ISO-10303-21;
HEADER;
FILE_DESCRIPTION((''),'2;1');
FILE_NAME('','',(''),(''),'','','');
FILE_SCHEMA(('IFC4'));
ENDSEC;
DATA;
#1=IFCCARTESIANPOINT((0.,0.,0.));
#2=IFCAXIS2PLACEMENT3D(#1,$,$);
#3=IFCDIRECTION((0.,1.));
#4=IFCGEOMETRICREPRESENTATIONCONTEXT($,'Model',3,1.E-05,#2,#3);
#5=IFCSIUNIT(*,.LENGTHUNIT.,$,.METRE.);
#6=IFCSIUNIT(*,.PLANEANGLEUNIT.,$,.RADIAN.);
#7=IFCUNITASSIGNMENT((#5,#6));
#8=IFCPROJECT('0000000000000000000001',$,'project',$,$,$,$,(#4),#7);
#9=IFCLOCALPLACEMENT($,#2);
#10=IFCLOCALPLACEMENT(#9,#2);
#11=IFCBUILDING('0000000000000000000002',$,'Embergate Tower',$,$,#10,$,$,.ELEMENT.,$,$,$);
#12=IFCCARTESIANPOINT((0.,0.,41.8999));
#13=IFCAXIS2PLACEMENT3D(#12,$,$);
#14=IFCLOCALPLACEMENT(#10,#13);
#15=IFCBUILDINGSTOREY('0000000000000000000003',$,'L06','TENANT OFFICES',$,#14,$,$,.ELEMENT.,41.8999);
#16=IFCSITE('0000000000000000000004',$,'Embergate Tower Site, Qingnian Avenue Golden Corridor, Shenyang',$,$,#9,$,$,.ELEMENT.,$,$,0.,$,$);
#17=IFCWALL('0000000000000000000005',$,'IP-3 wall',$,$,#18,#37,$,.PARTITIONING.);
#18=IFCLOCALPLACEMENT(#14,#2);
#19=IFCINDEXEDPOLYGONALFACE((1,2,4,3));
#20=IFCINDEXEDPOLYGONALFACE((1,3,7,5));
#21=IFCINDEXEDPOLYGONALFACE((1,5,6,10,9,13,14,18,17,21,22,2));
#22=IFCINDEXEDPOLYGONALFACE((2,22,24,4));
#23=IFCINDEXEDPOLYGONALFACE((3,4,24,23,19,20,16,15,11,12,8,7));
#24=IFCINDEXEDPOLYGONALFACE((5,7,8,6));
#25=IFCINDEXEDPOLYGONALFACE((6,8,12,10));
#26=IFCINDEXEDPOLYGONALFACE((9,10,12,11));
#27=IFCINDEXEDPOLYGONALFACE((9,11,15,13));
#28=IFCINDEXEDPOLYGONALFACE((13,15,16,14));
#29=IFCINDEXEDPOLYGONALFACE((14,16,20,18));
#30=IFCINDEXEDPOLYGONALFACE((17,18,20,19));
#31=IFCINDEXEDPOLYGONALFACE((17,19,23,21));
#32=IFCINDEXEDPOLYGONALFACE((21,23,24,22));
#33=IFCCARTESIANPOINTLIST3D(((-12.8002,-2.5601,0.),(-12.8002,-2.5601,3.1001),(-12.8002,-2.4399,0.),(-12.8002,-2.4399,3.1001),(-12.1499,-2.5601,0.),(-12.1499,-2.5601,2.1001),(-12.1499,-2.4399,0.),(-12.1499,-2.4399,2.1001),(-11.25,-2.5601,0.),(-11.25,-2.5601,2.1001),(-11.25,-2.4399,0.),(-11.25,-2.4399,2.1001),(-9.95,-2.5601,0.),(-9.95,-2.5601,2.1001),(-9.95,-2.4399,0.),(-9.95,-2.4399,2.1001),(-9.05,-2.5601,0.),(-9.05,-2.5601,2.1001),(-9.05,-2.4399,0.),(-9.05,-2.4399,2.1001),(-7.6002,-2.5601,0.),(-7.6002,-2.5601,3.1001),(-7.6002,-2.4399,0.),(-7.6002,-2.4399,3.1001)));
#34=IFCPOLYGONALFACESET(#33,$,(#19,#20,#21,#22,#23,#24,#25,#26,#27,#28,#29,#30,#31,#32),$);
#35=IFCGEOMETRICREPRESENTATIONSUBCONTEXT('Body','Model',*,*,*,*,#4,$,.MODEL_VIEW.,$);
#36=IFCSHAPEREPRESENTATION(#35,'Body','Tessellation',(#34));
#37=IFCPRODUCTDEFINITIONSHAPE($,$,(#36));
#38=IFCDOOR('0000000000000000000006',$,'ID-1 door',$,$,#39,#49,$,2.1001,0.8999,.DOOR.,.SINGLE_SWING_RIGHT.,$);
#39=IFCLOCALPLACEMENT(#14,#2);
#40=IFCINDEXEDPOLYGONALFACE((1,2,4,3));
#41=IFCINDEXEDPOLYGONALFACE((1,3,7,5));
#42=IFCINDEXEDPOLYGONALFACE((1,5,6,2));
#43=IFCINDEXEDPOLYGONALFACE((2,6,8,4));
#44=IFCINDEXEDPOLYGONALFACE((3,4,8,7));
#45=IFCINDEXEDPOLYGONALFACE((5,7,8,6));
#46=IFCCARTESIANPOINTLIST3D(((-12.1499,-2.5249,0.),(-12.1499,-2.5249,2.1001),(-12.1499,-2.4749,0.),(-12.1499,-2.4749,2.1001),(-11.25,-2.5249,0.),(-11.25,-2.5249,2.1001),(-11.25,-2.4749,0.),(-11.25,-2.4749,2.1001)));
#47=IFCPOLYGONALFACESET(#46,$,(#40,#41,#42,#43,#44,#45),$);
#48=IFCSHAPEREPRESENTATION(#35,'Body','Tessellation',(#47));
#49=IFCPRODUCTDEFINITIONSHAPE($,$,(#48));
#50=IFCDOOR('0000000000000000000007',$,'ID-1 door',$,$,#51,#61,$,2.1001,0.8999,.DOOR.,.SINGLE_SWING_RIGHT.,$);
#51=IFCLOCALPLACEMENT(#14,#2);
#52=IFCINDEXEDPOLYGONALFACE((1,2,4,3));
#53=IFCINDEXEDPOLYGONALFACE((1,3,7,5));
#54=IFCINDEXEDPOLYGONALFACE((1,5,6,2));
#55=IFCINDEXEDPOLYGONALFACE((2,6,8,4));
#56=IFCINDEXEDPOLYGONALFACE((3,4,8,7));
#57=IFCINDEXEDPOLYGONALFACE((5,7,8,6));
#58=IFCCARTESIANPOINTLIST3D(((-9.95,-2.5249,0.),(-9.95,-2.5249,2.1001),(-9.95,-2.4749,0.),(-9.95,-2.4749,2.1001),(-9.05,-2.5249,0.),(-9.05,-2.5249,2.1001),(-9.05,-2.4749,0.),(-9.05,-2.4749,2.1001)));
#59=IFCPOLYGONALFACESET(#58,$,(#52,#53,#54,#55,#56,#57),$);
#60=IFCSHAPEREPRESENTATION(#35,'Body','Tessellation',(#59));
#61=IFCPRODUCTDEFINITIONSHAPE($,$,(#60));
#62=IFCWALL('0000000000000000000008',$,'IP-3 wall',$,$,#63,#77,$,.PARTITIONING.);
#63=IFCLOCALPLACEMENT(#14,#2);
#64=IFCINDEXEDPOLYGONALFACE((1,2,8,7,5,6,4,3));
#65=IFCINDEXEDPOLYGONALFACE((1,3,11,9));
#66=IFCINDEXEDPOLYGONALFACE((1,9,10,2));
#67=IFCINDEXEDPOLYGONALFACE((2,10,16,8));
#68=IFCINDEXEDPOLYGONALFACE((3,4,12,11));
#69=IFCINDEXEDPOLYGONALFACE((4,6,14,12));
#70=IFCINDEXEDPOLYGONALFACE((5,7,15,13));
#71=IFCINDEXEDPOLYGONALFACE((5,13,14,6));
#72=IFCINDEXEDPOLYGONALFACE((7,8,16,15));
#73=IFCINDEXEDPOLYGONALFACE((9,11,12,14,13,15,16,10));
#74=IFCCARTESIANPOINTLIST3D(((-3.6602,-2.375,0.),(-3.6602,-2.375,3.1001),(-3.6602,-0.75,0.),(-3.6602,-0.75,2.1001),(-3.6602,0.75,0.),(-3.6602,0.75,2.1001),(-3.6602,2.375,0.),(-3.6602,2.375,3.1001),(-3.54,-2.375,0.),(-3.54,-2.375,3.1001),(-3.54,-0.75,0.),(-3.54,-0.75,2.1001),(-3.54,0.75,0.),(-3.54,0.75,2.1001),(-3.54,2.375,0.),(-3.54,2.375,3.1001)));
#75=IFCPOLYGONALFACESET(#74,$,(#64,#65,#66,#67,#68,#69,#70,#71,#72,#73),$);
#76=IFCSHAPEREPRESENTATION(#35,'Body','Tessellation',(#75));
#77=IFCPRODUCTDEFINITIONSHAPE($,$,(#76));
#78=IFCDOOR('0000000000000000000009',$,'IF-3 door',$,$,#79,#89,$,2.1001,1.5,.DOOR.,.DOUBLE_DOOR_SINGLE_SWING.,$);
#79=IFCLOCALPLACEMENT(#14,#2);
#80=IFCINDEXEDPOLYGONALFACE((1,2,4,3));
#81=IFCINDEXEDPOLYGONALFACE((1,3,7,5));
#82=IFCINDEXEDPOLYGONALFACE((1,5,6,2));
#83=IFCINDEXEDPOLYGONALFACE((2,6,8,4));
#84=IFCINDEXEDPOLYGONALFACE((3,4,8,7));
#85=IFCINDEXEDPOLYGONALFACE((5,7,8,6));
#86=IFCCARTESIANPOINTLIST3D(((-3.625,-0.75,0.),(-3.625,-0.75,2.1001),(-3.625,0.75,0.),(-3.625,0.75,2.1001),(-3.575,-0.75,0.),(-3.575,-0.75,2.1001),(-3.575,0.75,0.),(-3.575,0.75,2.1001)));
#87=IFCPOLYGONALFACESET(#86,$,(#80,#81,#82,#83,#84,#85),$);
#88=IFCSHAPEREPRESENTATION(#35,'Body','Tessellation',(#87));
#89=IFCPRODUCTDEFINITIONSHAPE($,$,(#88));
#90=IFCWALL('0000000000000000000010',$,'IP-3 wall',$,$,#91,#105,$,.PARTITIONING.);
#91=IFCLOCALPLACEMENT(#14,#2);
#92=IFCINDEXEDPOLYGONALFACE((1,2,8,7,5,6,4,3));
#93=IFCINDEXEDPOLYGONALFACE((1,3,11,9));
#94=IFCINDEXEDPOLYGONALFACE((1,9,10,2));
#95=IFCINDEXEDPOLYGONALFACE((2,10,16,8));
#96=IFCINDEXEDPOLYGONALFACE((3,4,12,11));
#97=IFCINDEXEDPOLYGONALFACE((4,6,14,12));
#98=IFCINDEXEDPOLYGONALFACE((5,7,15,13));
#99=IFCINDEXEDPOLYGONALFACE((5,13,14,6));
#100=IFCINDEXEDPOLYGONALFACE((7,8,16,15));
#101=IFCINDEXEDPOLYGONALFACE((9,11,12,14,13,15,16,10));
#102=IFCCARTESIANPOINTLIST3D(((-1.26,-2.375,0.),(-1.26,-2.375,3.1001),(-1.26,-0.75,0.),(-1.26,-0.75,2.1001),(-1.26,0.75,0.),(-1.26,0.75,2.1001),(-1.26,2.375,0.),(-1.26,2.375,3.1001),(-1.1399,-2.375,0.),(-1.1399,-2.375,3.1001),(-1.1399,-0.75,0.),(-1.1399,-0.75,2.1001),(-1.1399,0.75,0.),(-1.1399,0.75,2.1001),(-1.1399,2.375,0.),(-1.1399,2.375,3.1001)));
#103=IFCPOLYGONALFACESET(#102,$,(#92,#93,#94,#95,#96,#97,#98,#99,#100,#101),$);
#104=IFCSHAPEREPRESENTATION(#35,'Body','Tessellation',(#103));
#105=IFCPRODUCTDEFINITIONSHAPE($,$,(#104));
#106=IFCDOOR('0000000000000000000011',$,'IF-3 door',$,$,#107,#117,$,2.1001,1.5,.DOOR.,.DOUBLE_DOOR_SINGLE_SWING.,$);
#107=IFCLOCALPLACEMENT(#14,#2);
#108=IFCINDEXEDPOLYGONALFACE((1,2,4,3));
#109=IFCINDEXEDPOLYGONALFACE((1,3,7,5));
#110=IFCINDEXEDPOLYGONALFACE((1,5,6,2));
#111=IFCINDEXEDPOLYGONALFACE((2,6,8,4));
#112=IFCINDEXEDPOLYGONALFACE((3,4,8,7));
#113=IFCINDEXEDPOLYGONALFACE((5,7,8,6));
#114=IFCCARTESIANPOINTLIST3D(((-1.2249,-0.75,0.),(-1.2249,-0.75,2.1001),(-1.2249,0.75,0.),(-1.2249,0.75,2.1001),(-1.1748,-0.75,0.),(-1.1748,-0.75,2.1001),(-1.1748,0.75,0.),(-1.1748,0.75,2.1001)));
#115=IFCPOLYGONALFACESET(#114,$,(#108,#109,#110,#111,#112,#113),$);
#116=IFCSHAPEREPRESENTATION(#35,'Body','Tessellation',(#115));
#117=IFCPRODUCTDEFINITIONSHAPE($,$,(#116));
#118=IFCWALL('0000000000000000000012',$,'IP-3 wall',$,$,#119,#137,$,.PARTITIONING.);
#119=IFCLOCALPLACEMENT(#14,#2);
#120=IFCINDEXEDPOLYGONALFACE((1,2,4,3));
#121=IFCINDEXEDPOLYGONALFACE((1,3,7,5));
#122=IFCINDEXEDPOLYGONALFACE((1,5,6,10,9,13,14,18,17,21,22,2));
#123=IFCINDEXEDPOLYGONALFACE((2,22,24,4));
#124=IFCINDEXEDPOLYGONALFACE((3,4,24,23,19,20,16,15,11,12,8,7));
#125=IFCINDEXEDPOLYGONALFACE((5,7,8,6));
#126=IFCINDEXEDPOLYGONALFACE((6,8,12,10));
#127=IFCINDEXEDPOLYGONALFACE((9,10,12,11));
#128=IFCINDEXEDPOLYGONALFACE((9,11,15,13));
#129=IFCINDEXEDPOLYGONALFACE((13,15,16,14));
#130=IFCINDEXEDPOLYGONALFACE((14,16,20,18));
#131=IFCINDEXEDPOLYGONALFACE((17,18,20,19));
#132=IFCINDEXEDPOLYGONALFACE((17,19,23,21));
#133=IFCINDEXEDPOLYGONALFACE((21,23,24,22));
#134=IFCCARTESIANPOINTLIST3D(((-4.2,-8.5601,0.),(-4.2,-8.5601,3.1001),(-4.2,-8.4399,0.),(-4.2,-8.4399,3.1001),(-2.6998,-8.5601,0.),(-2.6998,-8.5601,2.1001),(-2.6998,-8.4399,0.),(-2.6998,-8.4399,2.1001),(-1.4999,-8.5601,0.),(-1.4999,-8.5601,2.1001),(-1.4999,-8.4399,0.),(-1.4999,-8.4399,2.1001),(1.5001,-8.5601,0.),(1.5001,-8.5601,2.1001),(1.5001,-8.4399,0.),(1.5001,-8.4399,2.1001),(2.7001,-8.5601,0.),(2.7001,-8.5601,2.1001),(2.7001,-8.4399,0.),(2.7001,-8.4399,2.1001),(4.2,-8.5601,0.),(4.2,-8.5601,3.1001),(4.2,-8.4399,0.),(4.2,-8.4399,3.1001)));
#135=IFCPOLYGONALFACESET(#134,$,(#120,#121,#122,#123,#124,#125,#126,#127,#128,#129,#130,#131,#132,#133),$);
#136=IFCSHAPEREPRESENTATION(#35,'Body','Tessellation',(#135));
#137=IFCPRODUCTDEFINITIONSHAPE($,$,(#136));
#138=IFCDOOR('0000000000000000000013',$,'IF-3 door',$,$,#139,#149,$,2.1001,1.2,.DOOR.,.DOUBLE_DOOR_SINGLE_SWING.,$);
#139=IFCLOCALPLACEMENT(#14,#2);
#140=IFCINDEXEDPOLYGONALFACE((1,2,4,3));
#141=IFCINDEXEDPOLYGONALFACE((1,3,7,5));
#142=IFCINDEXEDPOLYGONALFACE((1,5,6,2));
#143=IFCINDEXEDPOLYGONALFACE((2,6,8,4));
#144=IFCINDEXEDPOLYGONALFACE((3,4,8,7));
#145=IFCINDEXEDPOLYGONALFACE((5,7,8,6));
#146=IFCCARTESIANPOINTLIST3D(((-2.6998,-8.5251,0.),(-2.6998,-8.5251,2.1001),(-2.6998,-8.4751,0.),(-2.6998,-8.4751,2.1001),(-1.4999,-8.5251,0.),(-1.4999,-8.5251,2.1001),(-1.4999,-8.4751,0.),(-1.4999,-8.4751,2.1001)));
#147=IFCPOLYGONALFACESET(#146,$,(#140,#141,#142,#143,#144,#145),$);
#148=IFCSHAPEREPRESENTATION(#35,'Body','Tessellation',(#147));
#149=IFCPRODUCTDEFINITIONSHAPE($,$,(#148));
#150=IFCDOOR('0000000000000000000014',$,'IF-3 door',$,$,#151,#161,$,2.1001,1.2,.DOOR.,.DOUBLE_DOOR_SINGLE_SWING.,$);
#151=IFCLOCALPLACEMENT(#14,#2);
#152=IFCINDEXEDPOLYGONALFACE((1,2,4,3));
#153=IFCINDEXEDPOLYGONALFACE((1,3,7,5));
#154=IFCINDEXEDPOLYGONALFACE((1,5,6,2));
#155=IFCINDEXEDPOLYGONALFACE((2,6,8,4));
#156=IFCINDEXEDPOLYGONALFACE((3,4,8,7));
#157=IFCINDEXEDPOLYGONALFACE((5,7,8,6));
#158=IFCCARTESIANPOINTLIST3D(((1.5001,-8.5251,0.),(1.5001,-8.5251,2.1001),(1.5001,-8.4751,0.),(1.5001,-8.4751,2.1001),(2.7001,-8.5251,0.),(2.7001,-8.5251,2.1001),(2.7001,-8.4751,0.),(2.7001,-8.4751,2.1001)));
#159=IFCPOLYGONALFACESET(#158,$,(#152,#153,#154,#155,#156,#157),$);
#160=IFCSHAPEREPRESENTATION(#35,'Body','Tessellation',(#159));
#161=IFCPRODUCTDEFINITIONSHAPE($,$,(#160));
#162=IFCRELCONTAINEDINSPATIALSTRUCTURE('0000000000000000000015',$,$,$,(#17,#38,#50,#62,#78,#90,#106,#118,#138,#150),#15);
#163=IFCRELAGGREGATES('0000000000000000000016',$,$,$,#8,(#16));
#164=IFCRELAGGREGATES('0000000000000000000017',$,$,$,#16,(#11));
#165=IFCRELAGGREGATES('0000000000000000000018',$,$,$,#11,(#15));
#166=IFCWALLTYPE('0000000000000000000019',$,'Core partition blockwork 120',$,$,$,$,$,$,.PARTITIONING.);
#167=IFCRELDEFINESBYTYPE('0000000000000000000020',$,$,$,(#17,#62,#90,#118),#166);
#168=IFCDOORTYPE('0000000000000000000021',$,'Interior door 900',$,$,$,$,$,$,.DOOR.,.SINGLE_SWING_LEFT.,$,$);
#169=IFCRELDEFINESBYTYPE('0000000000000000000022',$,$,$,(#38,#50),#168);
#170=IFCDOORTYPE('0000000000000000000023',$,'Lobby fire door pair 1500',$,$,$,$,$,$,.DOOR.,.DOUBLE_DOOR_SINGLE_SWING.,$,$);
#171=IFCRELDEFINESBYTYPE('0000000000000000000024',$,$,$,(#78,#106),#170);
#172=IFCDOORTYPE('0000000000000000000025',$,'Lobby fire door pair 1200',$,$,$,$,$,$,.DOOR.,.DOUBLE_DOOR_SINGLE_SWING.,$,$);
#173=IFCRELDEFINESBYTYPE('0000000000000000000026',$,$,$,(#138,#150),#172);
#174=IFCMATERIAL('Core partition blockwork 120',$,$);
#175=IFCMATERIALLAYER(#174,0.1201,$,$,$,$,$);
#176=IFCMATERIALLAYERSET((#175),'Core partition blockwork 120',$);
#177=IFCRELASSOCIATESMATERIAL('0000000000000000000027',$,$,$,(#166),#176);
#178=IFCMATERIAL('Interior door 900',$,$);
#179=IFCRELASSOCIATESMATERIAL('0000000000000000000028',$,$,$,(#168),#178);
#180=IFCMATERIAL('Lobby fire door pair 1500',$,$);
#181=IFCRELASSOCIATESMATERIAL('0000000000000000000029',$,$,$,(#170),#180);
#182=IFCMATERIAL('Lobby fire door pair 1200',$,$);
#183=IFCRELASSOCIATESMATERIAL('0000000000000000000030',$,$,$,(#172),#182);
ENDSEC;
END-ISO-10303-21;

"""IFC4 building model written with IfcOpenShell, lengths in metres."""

from ifc_helpers import new_model, si_unit, direction, frame, frame_2d, origin, place, context, subcontext, project, spatial, rectangle, extrude, source, transform, mapped, material, layer, layer_set, type_object, element, fill, save


model = new_model("IFC4")

# Units and contexts
model_context = context("Model", 3, precision=1e-05, world=origin(), true_north=direction((0.0, 1.0)))
body_context = subcontext(model_context, "Body", "Model", "MODEL_VIEW")
ifc_project = project(units=[si_unit("LENGTHUNIT", "METRE"), si_unit("PLANEANGLEUNIT", "RADIAN")], contexts=[model_context])

# Site, building, storey
site_placement = place(None, origin())
site = spatial("IfcSite", under=ifc_project, at=site_placement, Name="Embergate Tower Site, Qingnian Avenue Golden Corridor, Shenyang", CompositionType="ELEMENT", RefElevation=0.0)
building_placement = place(site_placement, origin())
building = spatial("IfcBuilding", under=site, at=building_placement, Name="Embergate Tower", CompositionType="ELEMENT")
storey_placement = place(building_placement, frame((0.0, 0.0, 41.8999)))
storey = spatial("IfcBuildingStorey", under=building, at=storey_placement, Name="L06", Description="TENANT OFFICES", CompositionType="ELEMENT", Elevation=41.8999)

# Wall, openings, doors
ifc_material_1 = material(Name="Core partition blockwork 120")
ifc_layer_1 = layer(ifc_material_1, 0.1201)
ifc_layer_set_1 = layer_set([ifc_layer_1], Name="Core partition blockwork 120")
wall_type_1 = type_object("IfcWallType", Name="Core partition blockwork 120", PredefinedType="PARTITIONING", material=ifc_layer_set_1)
shared_shape_1 = source(origin(), body_context, "Body", "SweptSolid", [
    extrude(rectangle(XDim=5.2, YDim=0.1201, at=frame_2d((2.6001, 0.0))), origin(), (0.0, 0.0, 1.0), 3.1001),
])
wall_1_placement = place(storey_placement, frame((-7.6001, -2.5, 0.0), z_axis=(0.0, 0.0, 1.0), x_axis=(-1.0, 0.0, 0.0)))
wall_1 = element("IfcWall", 1, at=wall_1_placement, inside=storey, type_object=wall_type_1, Name="IP-3 wall", PredefinedType="PARTITIONING", context=body_context, shape_type="MappedRepresentation", body=[
    mapped(shared_shape_1, transform((0.0, 0.0, 0.0))),
])
shared_shape_2 = source(origin(), body_context, "Body", "SweptSolid", [
    extrude(rectangle(XDim=0.8999, YDim=2.1001, at=frame_2d((0.45, 1.05))), frame((0.0, 0.0701, 0.0), z_axis=(0.0, -1.0, 0.0), x_axis=(1.0, 0.0, 0.0)), (0.0, 0.0, 1.0), 0.1401),
])
opening_1_placement = place(wall_1_placement, frame((3.6499, 0.0, 0.0)))
opening_1 = element("IfcOpeningElement", 2, at=opening_1_placement, cuts=wall_1, PredefinedType="OPENING", context=body_context, shape_type="MappedRepresentation", body=[
    mapped(shared_shape_2, transform((0.0, 0.0, 0.0))),
])
opening_2_placement = place(wall_1_placement, frame((1.45, 0.0, 0.0)))
opening_2 = element("IfcOpeningElement", 3, at=opening_2_placement, cuts=wall_1, PredefinedType="OPENING", context=body_context, shape_type="MappedRepresentation", body=[
    mapped(shared_shape_2, transform((0.0, 0.0, 0.0))),
])
ifc_material_2 = material(Name="Interior door 900")
door_type_1 = type_object("IfcDoorType", Name="Interior door 900", OperationType="SINGLE_SWING_LEFT", PredefinedType="DOOR", material=ifc_material_2)
shared_shape_3 = source(origin(), body_context, "Body", "SweptSolid", [
    extrude(rectangle(XDim=0.8999, YDim=2.1001, at=frame_2d((0.45, 1.05))), frame((0.0, 0.0249, 0.0), z_axis=(0.0, -1.0, 0.0), x_axis=(1.0, 0.0, 0.0)), (0.0, 0.0, 1.0), 0.05),
])
door_1_placement = place(opening_1_placement, origin())
door_1 = element("IfcDoor", 4, at=door_1_placement, inside=storey, type_object=door_type_1, Name="ID-1 door", OperationType="SINGLE_SWING_RIGHT", OverallHeight=2.1001, OverallWidth=0.8999, PredefinedType="DOOR", context=body_context, shape_type="MappedRepresentation", body=[
    mapped(shared_shape_3, transform((0.0, 0.0, 0.0))),
])
fill(opening_1, door_1)
door_2_placement = place(opening_2_placement, origin())
door_2 = element("IfcDoor", 5, at=door_2_placement, inside=storey, type_object=door_type_1, Name="ID-1 door", OperationType="SINGLE_SWING_RIGHT", OverallHeight=2.1001, OverallWidth=0.8999, PredefinedType="DOOR", context=body_context, shape_type="MappedRepresentation", body=[
    mapped(shared_shape_3, transform((0.0, 0.0, 0.0))),
])
fill(opening_2, door_2)

# Walls, openings, doors
shared_shape_4 = source(origin(), body_context, "Body", "SweptSolid", [
    extrude(rectangle(XDim=4.75, YDim=0.1201, at=frame_2d((2.375, 0.0))), origin(), (0.0, 0.0, 1.0), 3.1001),
])
wall_2_placement = place(storey_placement, frame((-3.6001, -2.375, 0.0), z_axis=(0.0, 0.0, 1.0), x_axis=(0.0, 1.0, 0.0)))
wall_2 = element("IfcWall", 6, at=wall_2_placement, inside=storey, type_object=wall_type_1, Name="IP-3 wall", PredefinedType="PARTITIONING", context=body_context, shape_type="MappedRepresentation", body=[
    mapped(shared_shape_4, transform((0.0, 0.0, 0.0))),
])
shared_shape_5 = source(origin(), body_context, "Body", "SweptSolid", [
    extrude(rectangle(XDim=1.5, YDim=2.1001, at=frame_2d((0.75, 1.05))), frame((0.0, 0.0701, 0.0), z_axis=(0.0, -1.0, 0.0), x_axis=(1.0, 0.0, 0.0)), (0.0, 0.0, 1.0), 0.1401),
])
opening_3_placement = place(wall_2_placement, frame((1.625, 0.0, 0.0)))
opening_3 = element("IfcOpeningElement", 7, at=opening_3_placement, cuts=wall_2, PredefinedType="OPENING", context=body_context, shape_type="MappedRepresentation", body=[
    mapped(shared_shape_5, transform((0.0, 0.0, 0.0))),
])
ifc_material_3 = material(Name="Lobby fire door pair 1500")
door_type_2 = type_object("IfcDoorType", Name="Lobby fire door pair 1500", OperationType="DOUBLE_DOOR_SINGLE_SWING", PredefinedType="DOOR", material=ifc_material_3)
shared_shape_6 = source(origin(), body_context, "Body", "SweptSolid", [
    extrude(rectangle(XDim=1.5, YDim=2.1001, at=frame_2d((0.75, 1.05))), frame((0.0, 0.0249, 0.0), z_axis=(0.0, -1.0, 0.0), x_axis=(1.0, 0.0, 0.0)), (0.0, 0.0, 1.0), 0.05),
])
door_3_placement = place(opening_3_placement, origin())
door_3 = element("IfcDoor", 8, at=door_3_placement, inside=storey, type_object=door_type_2, Name="IF-3 door", OperationType="DOUBLE_DOOR_SINGLE_SWING", OverallHeight=2.1001, OverallWidth=1.5, PredefinedType="DOOR", context=body_context, shape_type="MappedRepresentation", body=[
    mapped(shared_shape_6, transform((0.0, 0.0, 0.0))),
])
fill(opening_3, door_3)
wall_3_placement = place(storey_placement, frame((-1.2, -2.375, 0.0), z_axis=(0.0, 0.0, 1.0), x_axis=(0.0, 1.0, 0.0)))
wall_3 = element("IfcWall", 9, at=wall_3_placement, inside=storey, type_object=wall_type_1, Name="IP-3 wall", PredefinedType="PARTITIONING", context=body_context, shape_type="MappedRepresentation", body=[
    mapped(shared_shape_4, transform((0.0, 0.0, 0.0))),
])
opening_4_placement = place(wall_3_placement, frame((1.625, 0.0, 0.0)))
opening_4 = element("IfcOpeningElement", 10, at=opening_4_placement, cuts=wall_3, PredefinedType="OPENING", context=body_context, shape_type="MappedRepresentation", body=[
    mapped(shared_shape_5, transform((0.0, 0.0, 0.0))),
])
door_4_placement = place(opening_4_placement, origin())
door_4 = element("IfcDoor", 11, at=door_4_placement, inside=storey, type_object=door_type_2, Name="IF-3 door", OperationType="DOUBLE_DOOR_SINGLE_SWING", OverallHeight=2.1001, OverallWidth=1.5, PredefinedType="DOOR", context=body_context, shape_type="MappedRepresentation", body=[
    mapped(shared_shape_6, transform((0.0, 0.0, 0.0))),
])
fill(opening_4, door_4)

# Wall, openings, doors
shared_shape_7 = source(origin(), body_context, "Body", "SweptSolid", [
    extrude(rectangle(XDim=8.3999, YDim=0.1201, at=frame_2d((4.2, 0.0))), origin(), (0.0, 0.0, 1.0), 3.1001),
])
wall_4_placement = place(storey_placement, frame((-4.2, -8.5, 0.0), z_axis=(0.0, 0.0, 1.0), x_axis=(1.0, 0.0, 0.0)))
wall_4 = element("IfcWall", 12, at=wall_4_placement, inside=storey, type_object=wall_type_1, Name="IP-3 wall", PredefinedType="PARTITIONING", context=body_context, shape_type="MappedRepresentation", body=[
    mapped(shared_shape_7, transform((0.0, 0.0, 0.0))),
])
shared_shape_8 = source(origin(), body_context, "Body", "SweptSolid", [
    extrude(rectangle(XDim=1.2, YDim=2.1001, at=frame_2d((0.6001, 1.05))), frame((0.0, 0.0701, 0.0), z_axis=(0.0, -1.0, 0.0), x_axis=(1.0, 0.0, 0.0)), (0.0, 0.0, 1.0), 0.1401),
])
opening_5_placement = place(wall_4_placement, frame((1.5, 0.0, 0.0)))
opening_5 = element("IfcOpeningElement", 13, at=opening_5_placement, cuts=wall_4, PredefinedType="OPENING", context=body_context, shape_type="MappedRepresentation", body=[
    mapped(shared_shape_8, transform((0.0, 0.0, 0.0))),
])
opening_6_placement = place(wall_4_placement, frame((5.7, 0.0, 0.0)))
opening_6 = element("IfcOpeningElement", 14, at=opening_6_placement, cuts=wall_4, PredefinedType="OPENING", context=body_context, shape_type="MappedRepresentation", body=[
    mapped(shared_shape_8, transform((0.0, 0.0, 0.0))),
])
ifc_material_4 = material(Name="Lobby fire door pair 1200")
door_type_3 = type_object("IfcDoorType", Name="Lobby fire door pair 1200", OperationType="DOUBLE_DOOR_SINGLE_SWING", PredefinedType="DOOR", material=ifc_material_4)
shared_shape_9 = source(origin(), body_context, "Body", "SweptSolid", [
    extrude(rectangle(XDim=1.2, YDim=2.1001, at=frame_2d((0.6001, 1.05))), frame((0.0, 0.0249, 0.0), z_axis=(0.0, -1.0, 0.0), x_axis=(1.0, 0.0, 0.0)), (0.0, 0.0, 1.0), 0.05),
])
door_5_placement = place(opening_5_placement, origin())
door_5 = element("IfcDoor", 15, at=door_5_placement, inside=storey, type_object=door_type_3, Name="IF-3 door", OperationType="DOUBLE_DOOR_SINGLE_SWING", OverallHeight=2.1001, OverallWidth=1.2, PredefinedType="DOOR", context=body_context, shape_type="MappedRepresentation", body=[
    mapped(shared_shape_9, transform((0.0, 0.0, 0.0))),
])
fill(opening_5, door_5)
door_6_placement = place(opening_6_placement, origin())
door_6 = element("IfcDoor", 16, at=door_6_placement, inside=storey, type_object=door_type_3, Name="IF-3 door", OperationType="DOUBLE_DOOR_SINGLE_SWING", OverallHeight=2.1001, OverallWidth=1.2, PredefinedType="DOOR", context=body_context, shape_type="MappedRepresentation", body=[
    mapped(shared_shape_9, transform((0.0, 0.0, 0.0))),
])
fill(opening_6, door_6)

save(model, "model.ifc")
